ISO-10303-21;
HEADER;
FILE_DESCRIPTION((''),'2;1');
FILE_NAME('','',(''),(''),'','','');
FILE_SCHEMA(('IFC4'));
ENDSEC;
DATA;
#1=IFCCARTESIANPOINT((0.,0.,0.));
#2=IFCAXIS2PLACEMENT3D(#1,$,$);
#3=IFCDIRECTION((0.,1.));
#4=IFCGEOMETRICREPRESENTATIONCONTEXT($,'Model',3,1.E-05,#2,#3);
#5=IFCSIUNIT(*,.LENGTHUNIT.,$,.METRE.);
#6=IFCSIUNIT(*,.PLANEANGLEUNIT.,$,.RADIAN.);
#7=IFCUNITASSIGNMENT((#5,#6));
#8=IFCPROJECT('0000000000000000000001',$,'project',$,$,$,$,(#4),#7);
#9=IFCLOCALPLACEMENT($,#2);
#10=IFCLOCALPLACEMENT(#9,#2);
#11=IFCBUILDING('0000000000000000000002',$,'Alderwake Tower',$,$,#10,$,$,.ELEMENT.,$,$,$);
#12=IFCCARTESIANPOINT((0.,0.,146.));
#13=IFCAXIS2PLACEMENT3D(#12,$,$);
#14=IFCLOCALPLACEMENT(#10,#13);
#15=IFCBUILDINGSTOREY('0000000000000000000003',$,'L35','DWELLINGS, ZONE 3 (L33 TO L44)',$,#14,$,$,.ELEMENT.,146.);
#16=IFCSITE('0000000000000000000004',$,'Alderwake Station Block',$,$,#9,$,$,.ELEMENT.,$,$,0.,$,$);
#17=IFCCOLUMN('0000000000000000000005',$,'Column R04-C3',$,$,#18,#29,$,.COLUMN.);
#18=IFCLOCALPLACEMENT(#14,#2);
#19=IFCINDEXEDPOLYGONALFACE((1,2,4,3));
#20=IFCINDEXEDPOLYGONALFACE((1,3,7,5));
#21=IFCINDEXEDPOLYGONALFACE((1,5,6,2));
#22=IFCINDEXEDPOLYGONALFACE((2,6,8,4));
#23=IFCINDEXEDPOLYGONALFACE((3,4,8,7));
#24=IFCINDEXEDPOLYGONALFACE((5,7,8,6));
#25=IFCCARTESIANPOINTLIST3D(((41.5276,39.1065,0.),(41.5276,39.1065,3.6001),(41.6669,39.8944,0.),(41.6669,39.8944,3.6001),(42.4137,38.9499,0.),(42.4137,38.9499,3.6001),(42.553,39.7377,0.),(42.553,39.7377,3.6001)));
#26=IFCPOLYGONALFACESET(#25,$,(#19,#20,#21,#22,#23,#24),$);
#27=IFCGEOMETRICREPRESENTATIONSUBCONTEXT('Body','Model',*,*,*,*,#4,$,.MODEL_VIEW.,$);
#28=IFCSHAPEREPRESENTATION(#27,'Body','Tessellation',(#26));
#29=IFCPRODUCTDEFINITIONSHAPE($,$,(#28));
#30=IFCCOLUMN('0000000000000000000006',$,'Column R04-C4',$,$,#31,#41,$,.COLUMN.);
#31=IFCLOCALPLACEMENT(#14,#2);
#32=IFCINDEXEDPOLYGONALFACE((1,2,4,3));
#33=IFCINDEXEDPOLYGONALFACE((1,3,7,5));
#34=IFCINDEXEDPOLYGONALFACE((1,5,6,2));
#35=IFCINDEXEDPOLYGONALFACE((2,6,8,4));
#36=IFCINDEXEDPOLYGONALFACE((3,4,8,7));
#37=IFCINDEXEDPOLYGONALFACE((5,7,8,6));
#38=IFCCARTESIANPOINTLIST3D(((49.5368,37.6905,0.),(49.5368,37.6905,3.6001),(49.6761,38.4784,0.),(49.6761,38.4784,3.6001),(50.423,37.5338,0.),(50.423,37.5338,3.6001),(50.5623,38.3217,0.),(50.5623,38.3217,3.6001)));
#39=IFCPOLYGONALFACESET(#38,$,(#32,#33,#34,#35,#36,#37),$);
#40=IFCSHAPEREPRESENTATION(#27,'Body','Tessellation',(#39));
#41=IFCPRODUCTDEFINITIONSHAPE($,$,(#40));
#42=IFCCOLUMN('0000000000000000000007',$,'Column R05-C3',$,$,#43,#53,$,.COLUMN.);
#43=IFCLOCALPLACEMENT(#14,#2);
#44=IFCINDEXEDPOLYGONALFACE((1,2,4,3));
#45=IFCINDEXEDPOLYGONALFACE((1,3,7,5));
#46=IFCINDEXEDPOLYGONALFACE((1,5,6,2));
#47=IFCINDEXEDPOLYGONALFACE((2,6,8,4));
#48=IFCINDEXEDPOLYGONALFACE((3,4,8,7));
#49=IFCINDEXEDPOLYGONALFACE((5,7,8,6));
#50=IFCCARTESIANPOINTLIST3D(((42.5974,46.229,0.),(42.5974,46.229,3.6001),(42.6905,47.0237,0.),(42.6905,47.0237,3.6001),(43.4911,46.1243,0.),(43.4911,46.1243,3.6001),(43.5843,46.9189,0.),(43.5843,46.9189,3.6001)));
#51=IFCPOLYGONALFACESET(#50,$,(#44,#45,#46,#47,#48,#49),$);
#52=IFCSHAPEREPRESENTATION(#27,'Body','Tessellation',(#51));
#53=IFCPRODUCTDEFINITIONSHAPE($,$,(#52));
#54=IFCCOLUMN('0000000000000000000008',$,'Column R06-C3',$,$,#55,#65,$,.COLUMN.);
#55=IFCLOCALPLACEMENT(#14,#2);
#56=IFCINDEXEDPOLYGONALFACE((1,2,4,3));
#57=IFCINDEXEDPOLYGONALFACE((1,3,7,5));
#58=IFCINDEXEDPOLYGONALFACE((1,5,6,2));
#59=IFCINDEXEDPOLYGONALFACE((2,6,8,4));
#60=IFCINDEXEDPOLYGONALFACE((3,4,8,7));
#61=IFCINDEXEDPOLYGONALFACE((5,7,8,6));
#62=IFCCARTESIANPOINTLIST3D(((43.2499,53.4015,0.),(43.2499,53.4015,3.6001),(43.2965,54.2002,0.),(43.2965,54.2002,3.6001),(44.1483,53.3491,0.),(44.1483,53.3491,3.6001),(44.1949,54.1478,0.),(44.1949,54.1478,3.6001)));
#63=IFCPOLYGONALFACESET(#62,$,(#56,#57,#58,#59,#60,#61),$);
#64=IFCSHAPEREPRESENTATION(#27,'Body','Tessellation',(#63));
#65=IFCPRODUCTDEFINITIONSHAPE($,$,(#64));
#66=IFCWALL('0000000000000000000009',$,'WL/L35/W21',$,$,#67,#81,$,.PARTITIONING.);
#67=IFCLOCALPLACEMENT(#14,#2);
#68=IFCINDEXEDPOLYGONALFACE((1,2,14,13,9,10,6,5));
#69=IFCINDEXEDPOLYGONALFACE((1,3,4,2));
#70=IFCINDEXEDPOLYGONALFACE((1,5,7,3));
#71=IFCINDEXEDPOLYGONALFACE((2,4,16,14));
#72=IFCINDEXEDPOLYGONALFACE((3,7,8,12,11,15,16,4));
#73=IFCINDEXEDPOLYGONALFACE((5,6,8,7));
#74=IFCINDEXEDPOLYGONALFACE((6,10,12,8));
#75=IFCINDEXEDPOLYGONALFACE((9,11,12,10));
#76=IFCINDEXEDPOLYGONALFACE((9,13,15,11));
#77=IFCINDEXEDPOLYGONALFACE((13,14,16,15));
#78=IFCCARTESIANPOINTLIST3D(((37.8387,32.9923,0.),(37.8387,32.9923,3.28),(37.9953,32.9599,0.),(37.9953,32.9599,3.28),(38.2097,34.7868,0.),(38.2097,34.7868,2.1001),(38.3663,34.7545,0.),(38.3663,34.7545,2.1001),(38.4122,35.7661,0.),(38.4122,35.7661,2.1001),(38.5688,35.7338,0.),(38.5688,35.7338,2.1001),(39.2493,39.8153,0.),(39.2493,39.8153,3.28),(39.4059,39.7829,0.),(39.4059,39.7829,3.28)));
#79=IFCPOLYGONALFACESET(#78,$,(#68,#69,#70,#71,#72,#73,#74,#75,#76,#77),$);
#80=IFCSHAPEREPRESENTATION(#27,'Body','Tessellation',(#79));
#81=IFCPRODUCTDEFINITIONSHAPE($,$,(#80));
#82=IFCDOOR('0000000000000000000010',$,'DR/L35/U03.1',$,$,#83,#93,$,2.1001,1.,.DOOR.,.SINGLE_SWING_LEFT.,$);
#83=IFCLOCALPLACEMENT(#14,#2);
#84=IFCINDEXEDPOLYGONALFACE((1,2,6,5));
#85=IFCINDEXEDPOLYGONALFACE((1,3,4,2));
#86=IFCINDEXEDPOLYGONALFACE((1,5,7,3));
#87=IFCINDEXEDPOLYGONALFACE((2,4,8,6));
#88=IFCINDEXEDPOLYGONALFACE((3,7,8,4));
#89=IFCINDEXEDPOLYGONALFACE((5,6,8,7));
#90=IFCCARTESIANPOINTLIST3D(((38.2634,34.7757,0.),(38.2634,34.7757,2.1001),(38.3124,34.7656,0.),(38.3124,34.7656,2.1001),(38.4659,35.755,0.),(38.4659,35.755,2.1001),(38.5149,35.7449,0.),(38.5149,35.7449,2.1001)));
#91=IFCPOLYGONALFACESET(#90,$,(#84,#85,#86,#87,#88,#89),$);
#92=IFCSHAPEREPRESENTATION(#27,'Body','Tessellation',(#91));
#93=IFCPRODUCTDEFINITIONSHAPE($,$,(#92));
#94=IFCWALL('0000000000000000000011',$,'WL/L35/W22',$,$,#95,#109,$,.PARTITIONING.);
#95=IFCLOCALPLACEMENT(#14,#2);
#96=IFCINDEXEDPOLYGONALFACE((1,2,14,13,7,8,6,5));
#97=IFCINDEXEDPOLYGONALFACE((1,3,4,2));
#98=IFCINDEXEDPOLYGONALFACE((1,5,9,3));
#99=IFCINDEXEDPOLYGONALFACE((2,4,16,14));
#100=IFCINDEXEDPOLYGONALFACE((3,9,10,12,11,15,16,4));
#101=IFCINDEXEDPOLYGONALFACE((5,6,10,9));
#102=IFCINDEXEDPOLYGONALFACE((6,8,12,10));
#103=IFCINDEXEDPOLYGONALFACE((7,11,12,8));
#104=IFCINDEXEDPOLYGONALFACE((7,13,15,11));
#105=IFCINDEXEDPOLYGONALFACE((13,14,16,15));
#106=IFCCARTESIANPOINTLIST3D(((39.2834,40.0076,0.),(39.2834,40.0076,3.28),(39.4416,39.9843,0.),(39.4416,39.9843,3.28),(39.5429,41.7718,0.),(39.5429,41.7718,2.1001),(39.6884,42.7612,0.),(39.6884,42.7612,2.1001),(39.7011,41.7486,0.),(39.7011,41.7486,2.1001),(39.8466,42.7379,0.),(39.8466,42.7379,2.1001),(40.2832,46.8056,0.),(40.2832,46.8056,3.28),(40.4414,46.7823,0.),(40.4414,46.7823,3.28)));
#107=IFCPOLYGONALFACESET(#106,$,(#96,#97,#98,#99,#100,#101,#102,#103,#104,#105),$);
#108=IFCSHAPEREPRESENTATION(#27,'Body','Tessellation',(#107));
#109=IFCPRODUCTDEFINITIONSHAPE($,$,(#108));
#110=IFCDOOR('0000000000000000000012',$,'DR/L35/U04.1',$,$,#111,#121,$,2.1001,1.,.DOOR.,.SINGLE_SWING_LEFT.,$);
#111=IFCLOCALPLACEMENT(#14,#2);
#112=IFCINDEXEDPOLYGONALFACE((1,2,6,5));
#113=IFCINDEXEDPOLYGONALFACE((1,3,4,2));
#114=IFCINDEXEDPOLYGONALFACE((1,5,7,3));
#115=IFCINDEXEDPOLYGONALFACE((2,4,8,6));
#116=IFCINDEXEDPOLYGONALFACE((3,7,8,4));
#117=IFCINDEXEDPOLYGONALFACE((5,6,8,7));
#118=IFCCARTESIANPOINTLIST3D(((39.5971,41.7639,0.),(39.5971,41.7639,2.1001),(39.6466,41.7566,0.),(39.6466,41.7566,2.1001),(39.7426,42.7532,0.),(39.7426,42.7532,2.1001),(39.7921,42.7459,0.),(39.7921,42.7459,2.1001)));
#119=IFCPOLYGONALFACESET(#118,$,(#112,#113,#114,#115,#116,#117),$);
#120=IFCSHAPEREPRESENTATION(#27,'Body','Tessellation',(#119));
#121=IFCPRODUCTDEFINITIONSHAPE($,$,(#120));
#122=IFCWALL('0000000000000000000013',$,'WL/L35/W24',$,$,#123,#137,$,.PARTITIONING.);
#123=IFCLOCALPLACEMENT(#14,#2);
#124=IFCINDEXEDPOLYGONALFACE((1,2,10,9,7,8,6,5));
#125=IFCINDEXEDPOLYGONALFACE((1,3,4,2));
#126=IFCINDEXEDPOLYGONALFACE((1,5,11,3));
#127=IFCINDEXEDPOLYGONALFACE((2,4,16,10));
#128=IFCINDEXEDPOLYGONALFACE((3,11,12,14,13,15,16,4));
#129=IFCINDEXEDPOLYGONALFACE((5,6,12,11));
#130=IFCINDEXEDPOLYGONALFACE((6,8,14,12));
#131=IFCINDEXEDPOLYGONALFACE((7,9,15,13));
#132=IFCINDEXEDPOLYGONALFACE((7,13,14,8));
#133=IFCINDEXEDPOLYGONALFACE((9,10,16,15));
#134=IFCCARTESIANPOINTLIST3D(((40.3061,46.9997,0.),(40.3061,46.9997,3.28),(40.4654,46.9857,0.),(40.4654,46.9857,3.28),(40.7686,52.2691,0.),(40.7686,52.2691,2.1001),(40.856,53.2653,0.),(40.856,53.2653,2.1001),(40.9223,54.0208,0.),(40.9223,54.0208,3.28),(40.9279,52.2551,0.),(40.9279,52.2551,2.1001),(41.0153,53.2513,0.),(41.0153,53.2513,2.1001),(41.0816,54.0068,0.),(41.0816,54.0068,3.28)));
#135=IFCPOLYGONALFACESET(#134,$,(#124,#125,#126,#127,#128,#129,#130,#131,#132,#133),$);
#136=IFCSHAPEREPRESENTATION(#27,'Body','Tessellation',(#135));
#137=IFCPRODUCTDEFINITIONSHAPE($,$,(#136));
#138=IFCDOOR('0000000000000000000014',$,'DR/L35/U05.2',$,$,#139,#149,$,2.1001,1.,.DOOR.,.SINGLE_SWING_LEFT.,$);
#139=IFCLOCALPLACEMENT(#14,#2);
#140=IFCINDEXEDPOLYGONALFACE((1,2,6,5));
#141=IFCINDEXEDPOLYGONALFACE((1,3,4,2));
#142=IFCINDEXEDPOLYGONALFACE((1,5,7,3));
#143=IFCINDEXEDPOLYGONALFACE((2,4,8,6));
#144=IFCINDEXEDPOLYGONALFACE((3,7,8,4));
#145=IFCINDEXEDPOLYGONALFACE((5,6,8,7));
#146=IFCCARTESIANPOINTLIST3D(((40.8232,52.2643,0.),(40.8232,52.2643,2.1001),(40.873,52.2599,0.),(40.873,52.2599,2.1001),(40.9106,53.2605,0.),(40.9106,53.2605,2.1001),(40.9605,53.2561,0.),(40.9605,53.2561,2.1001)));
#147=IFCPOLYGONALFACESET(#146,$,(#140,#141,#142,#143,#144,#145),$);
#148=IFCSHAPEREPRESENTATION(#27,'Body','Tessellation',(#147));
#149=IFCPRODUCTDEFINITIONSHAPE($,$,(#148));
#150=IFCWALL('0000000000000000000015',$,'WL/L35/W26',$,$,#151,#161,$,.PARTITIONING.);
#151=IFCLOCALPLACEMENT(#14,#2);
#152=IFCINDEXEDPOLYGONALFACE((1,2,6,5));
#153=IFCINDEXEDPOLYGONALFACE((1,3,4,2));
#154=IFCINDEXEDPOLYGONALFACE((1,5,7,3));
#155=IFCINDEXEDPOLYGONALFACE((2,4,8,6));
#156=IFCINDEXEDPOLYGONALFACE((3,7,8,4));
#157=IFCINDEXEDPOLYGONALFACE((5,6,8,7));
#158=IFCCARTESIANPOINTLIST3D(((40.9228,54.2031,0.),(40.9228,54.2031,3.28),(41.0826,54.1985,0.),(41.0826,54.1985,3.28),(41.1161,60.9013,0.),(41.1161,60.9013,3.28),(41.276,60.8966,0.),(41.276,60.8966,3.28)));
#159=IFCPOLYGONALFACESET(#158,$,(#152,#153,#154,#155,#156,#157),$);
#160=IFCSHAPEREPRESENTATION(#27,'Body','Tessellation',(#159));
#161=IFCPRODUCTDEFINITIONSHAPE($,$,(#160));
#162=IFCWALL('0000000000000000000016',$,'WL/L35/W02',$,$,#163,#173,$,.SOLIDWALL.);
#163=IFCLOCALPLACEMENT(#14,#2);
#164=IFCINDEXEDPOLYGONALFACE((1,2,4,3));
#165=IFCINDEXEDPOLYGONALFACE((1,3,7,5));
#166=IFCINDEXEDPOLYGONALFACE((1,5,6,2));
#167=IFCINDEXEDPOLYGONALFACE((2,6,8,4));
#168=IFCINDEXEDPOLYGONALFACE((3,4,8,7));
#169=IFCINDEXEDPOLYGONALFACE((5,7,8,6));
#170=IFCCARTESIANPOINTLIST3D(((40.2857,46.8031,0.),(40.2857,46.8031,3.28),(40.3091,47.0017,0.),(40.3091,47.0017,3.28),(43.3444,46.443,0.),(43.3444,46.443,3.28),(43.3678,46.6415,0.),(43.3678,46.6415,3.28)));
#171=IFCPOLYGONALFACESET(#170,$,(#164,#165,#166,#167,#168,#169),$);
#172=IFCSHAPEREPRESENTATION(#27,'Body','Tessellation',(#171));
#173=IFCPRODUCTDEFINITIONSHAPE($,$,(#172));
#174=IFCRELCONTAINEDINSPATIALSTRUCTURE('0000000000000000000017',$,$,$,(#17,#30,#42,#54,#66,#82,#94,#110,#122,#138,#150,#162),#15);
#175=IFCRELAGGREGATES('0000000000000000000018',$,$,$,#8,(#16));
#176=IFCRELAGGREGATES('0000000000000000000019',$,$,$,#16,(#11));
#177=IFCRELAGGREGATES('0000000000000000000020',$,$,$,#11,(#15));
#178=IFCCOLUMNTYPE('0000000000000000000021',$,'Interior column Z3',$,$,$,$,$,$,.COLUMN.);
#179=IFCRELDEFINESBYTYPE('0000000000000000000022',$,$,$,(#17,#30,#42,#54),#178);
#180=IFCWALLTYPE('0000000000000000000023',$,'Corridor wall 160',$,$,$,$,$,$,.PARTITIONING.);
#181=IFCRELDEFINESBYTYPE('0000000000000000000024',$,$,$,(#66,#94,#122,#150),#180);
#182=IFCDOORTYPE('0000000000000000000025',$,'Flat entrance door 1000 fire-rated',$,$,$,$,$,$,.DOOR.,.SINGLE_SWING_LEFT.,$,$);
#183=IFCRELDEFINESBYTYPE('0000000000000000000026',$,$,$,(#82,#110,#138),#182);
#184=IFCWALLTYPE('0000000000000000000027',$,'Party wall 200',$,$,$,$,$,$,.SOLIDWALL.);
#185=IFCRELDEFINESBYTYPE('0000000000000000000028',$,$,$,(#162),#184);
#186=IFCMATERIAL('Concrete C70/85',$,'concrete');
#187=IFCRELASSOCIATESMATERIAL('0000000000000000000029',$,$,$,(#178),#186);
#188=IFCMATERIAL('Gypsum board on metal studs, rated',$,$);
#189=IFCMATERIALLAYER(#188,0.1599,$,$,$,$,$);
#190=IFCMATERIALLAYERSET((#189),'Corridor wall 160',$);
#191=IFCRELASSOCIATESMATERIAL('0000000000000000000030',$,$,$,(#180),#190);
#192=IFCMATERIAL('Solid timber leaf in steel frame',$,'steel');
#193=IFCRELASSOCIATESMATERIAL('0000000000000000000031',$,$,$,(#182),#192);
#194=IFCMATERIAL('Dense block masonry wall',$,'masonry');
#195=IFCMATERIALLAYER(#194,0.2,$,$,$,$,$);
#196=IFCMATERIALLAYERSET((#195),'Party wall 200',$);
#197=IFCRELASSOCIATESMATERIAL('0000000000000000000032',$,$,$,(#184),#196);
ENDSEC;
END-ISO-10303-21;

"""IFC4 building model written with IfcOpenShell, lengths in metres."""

from ifc_helpers import new_model, si_unit, direction, frame, frame_2d, origin, origin_2d, place, context, subcontext, project, spatial, rectangle, extrude, material, layer, layer_set, material_profile, profile_set, type_object, element, fill, save


model = new_model("IFC4")

# Units and contexts
model_context = context("Model", 3, precision=1e-05, world=origin(), true_north=direction((0.0, 1.0)))
body_context = subcontext(model_context, "Body", "Model", "MODEL_VIEW")
ifc_project = project(units=[si_unit("LENGTHUNIT", "METRE"), si_unit("PLANEANGLEUNIT", "RADIAN")], contexts=[model_context])

# Site, building, storey
site_placement = place(None, origin())
site = spatial("IfcSite", under=ifc_project, at=site_placement, Name="Alderwake Station Block", CompositionType="ELEMENT", RefElevation=0.0)
building_placement = place(site_placement, origin())
building = spatial("IfcBuilding", under=site, at=building_placement, Name="Alderwake Tower", CompositionType="ELEMENT")
storey_placement = place(building_placement, frame((0.0, 0.0, 146.0)))
storey = spatial("IfcBuildingStorey", under=building, at=storey_placement, Name="L35", Description="DWELLINGS, ZONE 3 (L33 TO L44)", CompositionType="ELEMENT", Elevation=146.0)

# Columns
ifc_material_1 = material(Name="Concrete C70/85", Category="concrete")
ifc_material_profile = material_profile(ifc_material_1, rectangle(XDim=0.8, YDim=0.8999, at=origin_2d()), Name="RC 900X800")
ifc_profile_set = profile_set([ifc_material_profile], Name="Concrete C70/85")
column_type = type_object("IfcColumnType", Name="Interior column Z3", PredefinedType="COLUMN", material=ifc_profile_set)
for number, where, z_axis, x_axis, name in (
    (1, (42.0403, 39.4221, 0.0), (0.0, 0.0, 1.0), (0.174109, 0.984726, 0.0), "Column R04-C3"),
    (2, (50.0496, 38.0061, 0.0), (0.0, 0.0, 1.0), (0.174109, 0.984726, 0.0), "Column R04-C4"),
    (3, (43.0908, 46.574, 0.0), (0.0, 0.0, 1.0), (0.116402, 0.993202, 0.0), "Column R05-C3"),
    (4, (43.7224, 53.7747, 0.0), (0.0, 0.0, 1.0), (0.058299, 0.998299, 0.0), "Column R06-C3"),
):
    element("IfcColumn", number, at=place(storey_placement, frame(where, z_axis=z_axis, x_axis=x_axis)), inside=storey, type_object=column_type, Name=name, PredefinedType="COLUMN", context=body_context, shape_type="SweptSolid", body=[
        extrude(rectangle(XDim=0.8, YDim=0.8999, at=origin_2d()), origin(), (0.0, 0.0, 1.0), 3.6001),
    ])

# Walls, openings, doors
ifc_material_2 = material(Name="Gypsum board on metal studs, rated")
ifc_layer_1 = layer(ifc_material_2, 0.1599)
ifc_layer_set_1 = layer_set([ifc_layer_1], Name="Corridor wall 160")
wall_type_1 = type_object("IfcWallType", Name="Corridor wall 160", PredefinedType="PARTITIONING", material=ifc_layer_set_1)
wall_1_placement = place(storey_placement, frame((39.3276, 39.7991, 0.0), z_axis=(0.0, 0.0, 1.0), x_axis=(-0.202467, -0.979289, 0.0)))
wall_1 = element("IfcWall", 5, at=wall_1_placement, inside=storey, type_object=wall_type_1, Name="WL/L35/W21", PredefinedType="PARTITIONING", context=body_context, shape_type="SweptSolid", body=[
    extrude(rectangle(XDim=6.9673, YDim=0.1599, at=frame_2d((3.4836, 0.0))), origin(), (0.0, 0.0, 1.0), 3.28),
])
opening_1_placement = place(wall_1_placement, frame((4.1348, 0.0, 0.0)))
opening_1 = element("IfcOpeningElement", 6, at=opening_1_placement, cuts=wall_1, PredefinedType="OPENING", context=body_context, shape_type="SweptSolid", body=[
    extrude(rectangle(XDim=1.0, YDim=2.1001, at=frame_2d((0.5, 1.05))), frame((0.0, 0.0898, 0.0), z_axis=(0.0, -1.0, 0.0), x_axis=(1.0, 0.0, 0.0)), (0.0, 0.0, 1.0), 0.1799),
])
ifc_material_3 = material(Name="Solid timber leaf in steel frame", Category="steel")
door_type_1 = type_object("IfcDoorType", Name="Flat entrance door 1000 fire-rated", OperationType="SINGLE_SWING_LEFT", PredefinedType="DOOR", material=ifc_material_3)
door_1_placement = place(opening_1_placement, origin())
door_1 = element("IfcDoor", 7, at=door_1_placement, inside=storey, type_object=door_type_1, Name="DR/L35/U03.1", OperationType="SINGLE_SWING_LEFT", OverallHeight=2.1001, OverallWidth=1.0, PredefinedType="DOOR", context=body_context, shape_type="SweptSolid", body=[
    extrude(rectangle(XDim=1.0, YDim=2.1001, at=frame_2d((0.5, 1.05))), frame((0.0, 0.0249, 0.0), z_axis=(0.0, -1.0, 0.0), x_axis=(1.0, 0.0, 0.0)), (0.0, 0.0, 1.0), 0.05),
])
fill(opening_1, door_1)
wall_2_placement = place(storey_placement, frame((40.3623, 46.7939, 0.0), z_axis=(0.0, 0.0, 1.0), x_axis=(-0.145504, -0.989358, 0.0)))
wall_2 = element("IfcWall", 8, at=wall_2_placement, inside=storey, type_object=wall_type_1, Name="WL/L35/W22", PredefinedType="PARTITIONING", context=body_context, shape_type="SweptSolid", body=[
    extrude(rectangle(XDim=6.8711, YDim=0.1599, at=frame_2d((3.4355, 0.0))), origin(), (0.0, 0.0, 1.0), 3.28),
])
opening_2_placement = place(wall_2_placement, frame((4.0879, 0.0, 0.0)))
opening_2 = element("IfcOpeningElement", 9, at=opening_2_placement, cuts=wall_2, PredefinedType="OPENING", context=body_context, shape_type="SweptSolid", body=[
    extrude(rectangle(XDim=1.0, YDim=2.1001, at=frame_2d((0.5, 1.05))), frame((0.0, 0.0898, 0.0), z_axis=(0.0, -1.0, 0.0), x_axis=(1.0, 0.0, 0.0)), (0.0, 0.0, 1.0), 0.1799),
])
door_2_placement = place(opening_2_placement, origin())
door_2 = element("IfcDoor", 10, at=door_2_placement, inside=storey, type_object=door_type_1, Name="DR/L35/U04.1", OperationType="SINGLE_SWING_LEFT", OverallHeight=2.1001, OverallWidth=1.0, PredefinedType="DOOR", context=body_context, shape_type="SweptSolid", body=[
    extrude(rectangle(XDim=1.0, YDim=2.1001, at=frame_2d((0.5, 1.05))), frame((0.0, 0.0249, 0.0), z_axis=(0.0, -1.0, 0.0), x_axis=(1.0, 0.0, 0.0)), (0.0, 0.0, 1.0), 0.05),
])
fill(opening_2, door_2)
wall_3_placement = place(storey_placement, frame((41.002, 54.0137, 0.0), z_axis=(0.0, 0.0, 1.0), x_axis=(-0.087431, -0.996171, 0.0)))
wall_3 = element("IfcWall", 11, at=wall_3_placement, inside=storey, type_object=wall_type_1, Name="WL/L35/W24", PredefinedType="PARTITIONING", context=body_context, shape_type="SweptSolid", body=[
    extrude(rectangle(XDim=7.0481, YDim=0.1599, at=frame_2d((3.5239, 0.0))), origin(), (0.0, 0.0, 1.0), 3.28),
])
opening_3_placement = place(wall_3_placement, frame((0.7583, 0.0, 0.0)))
opening_3 = element("IfcOpeningElement", 12, at=opening_3_placement, cuts=wall_3, PredefinedType="OPENING", context=body_context, shape_type="SweptSolid", body=[
    extrude(rectangle(XDim=1.0, YDim=2.1001, at=frame_2d((0.5, 1.05))), frame((0.0, 0.0898, 0.0), z_axis=(0.0, -1.0, 0.0), x_axis=(1.0, 0.0, 0.0)), (0.0, 0.0, 1.0), 0.1799),
])
door_3_placement = place(opening_3_placement, origin())
door_3 = element("IfcDoor", 13, at=door_3_placement, inside=storey, type_object=door_type_1, Name="DR/L35/U05.2", OperationType="SINGLE_SWING_LEFT", OverallHeight=2.1001, OverallWidth=1.0, PredefinedType="DOOR", context=body_context, shape_type="SweptSolid", body=[
    extrude(rectangle(XDim=1.0, YDim=2.1001, at=frame_2d((0.5, 1.05))), frame((0.0, 0.0249, 0.0), z_axis=(0.0, -1.0, 0.0), x_axis=(1.0, 0.0, 0.0)), (0.0, 0.0, 1.0), 0.05),
])
fill(opening_3, door_3)

# Walls
wall_4_placement = place(storey_placement, frame((41.0027, 54.2007, 0.0), z_axis=(0.0, 0.0, 1.0), x_axis=(0.028855, 0.999584, 0.0)))
element("IfcWall", 14, at=wall_4_placement, inside=storey, type_object=wall_type_1, Name="WL/L35/W26", PredefinedType="PARTITIONING", context=body_context, shape_type="SweptSolid", body=[
    extrude(rectangle(XDim=6.7009, YDim=0.1599, at=frame_2d((3.3506, 0.0))), origin(), (0.0, 0.0, 1.0), 3.28),
])
ifc_material_4 = material(Name="Dense block masonry wall", Category="masonry")
ifc_layer_2 = layer(ifc_material_4, 0.2)
ifc_layer_set_2 = layer_set([ifc_layer_2], Name="Party wall 200")
wall_type_2 = type_object("IfcWallType", Name="Party wall 200", PredefinedType="SOLIDWALL", material=ifc_layer_set_2)
wall_5_placement = place(storey_placement, frame((43.3562, 46.5422, 0.0), z_axis=(0.0, 0.0, 1.0), x_axis=(-0.99314, 0.116929, 0.0)))
element("IfcWall", 15, at=wall_5_placement, inside=storey, type_object=wall_type_2, Name="WL/L35/W02", PredefinedType="SOLIDWALL", context=body_context, shape_type="SweptSolid", body=[
    extrude(rectangle(XDim=3.0798, YDim=0.2, at=frame_2d((1.54, 0.0))), origin(), (0.0, 0.0, 1.0), 3.28),
])

save(model, "model.ifc")
